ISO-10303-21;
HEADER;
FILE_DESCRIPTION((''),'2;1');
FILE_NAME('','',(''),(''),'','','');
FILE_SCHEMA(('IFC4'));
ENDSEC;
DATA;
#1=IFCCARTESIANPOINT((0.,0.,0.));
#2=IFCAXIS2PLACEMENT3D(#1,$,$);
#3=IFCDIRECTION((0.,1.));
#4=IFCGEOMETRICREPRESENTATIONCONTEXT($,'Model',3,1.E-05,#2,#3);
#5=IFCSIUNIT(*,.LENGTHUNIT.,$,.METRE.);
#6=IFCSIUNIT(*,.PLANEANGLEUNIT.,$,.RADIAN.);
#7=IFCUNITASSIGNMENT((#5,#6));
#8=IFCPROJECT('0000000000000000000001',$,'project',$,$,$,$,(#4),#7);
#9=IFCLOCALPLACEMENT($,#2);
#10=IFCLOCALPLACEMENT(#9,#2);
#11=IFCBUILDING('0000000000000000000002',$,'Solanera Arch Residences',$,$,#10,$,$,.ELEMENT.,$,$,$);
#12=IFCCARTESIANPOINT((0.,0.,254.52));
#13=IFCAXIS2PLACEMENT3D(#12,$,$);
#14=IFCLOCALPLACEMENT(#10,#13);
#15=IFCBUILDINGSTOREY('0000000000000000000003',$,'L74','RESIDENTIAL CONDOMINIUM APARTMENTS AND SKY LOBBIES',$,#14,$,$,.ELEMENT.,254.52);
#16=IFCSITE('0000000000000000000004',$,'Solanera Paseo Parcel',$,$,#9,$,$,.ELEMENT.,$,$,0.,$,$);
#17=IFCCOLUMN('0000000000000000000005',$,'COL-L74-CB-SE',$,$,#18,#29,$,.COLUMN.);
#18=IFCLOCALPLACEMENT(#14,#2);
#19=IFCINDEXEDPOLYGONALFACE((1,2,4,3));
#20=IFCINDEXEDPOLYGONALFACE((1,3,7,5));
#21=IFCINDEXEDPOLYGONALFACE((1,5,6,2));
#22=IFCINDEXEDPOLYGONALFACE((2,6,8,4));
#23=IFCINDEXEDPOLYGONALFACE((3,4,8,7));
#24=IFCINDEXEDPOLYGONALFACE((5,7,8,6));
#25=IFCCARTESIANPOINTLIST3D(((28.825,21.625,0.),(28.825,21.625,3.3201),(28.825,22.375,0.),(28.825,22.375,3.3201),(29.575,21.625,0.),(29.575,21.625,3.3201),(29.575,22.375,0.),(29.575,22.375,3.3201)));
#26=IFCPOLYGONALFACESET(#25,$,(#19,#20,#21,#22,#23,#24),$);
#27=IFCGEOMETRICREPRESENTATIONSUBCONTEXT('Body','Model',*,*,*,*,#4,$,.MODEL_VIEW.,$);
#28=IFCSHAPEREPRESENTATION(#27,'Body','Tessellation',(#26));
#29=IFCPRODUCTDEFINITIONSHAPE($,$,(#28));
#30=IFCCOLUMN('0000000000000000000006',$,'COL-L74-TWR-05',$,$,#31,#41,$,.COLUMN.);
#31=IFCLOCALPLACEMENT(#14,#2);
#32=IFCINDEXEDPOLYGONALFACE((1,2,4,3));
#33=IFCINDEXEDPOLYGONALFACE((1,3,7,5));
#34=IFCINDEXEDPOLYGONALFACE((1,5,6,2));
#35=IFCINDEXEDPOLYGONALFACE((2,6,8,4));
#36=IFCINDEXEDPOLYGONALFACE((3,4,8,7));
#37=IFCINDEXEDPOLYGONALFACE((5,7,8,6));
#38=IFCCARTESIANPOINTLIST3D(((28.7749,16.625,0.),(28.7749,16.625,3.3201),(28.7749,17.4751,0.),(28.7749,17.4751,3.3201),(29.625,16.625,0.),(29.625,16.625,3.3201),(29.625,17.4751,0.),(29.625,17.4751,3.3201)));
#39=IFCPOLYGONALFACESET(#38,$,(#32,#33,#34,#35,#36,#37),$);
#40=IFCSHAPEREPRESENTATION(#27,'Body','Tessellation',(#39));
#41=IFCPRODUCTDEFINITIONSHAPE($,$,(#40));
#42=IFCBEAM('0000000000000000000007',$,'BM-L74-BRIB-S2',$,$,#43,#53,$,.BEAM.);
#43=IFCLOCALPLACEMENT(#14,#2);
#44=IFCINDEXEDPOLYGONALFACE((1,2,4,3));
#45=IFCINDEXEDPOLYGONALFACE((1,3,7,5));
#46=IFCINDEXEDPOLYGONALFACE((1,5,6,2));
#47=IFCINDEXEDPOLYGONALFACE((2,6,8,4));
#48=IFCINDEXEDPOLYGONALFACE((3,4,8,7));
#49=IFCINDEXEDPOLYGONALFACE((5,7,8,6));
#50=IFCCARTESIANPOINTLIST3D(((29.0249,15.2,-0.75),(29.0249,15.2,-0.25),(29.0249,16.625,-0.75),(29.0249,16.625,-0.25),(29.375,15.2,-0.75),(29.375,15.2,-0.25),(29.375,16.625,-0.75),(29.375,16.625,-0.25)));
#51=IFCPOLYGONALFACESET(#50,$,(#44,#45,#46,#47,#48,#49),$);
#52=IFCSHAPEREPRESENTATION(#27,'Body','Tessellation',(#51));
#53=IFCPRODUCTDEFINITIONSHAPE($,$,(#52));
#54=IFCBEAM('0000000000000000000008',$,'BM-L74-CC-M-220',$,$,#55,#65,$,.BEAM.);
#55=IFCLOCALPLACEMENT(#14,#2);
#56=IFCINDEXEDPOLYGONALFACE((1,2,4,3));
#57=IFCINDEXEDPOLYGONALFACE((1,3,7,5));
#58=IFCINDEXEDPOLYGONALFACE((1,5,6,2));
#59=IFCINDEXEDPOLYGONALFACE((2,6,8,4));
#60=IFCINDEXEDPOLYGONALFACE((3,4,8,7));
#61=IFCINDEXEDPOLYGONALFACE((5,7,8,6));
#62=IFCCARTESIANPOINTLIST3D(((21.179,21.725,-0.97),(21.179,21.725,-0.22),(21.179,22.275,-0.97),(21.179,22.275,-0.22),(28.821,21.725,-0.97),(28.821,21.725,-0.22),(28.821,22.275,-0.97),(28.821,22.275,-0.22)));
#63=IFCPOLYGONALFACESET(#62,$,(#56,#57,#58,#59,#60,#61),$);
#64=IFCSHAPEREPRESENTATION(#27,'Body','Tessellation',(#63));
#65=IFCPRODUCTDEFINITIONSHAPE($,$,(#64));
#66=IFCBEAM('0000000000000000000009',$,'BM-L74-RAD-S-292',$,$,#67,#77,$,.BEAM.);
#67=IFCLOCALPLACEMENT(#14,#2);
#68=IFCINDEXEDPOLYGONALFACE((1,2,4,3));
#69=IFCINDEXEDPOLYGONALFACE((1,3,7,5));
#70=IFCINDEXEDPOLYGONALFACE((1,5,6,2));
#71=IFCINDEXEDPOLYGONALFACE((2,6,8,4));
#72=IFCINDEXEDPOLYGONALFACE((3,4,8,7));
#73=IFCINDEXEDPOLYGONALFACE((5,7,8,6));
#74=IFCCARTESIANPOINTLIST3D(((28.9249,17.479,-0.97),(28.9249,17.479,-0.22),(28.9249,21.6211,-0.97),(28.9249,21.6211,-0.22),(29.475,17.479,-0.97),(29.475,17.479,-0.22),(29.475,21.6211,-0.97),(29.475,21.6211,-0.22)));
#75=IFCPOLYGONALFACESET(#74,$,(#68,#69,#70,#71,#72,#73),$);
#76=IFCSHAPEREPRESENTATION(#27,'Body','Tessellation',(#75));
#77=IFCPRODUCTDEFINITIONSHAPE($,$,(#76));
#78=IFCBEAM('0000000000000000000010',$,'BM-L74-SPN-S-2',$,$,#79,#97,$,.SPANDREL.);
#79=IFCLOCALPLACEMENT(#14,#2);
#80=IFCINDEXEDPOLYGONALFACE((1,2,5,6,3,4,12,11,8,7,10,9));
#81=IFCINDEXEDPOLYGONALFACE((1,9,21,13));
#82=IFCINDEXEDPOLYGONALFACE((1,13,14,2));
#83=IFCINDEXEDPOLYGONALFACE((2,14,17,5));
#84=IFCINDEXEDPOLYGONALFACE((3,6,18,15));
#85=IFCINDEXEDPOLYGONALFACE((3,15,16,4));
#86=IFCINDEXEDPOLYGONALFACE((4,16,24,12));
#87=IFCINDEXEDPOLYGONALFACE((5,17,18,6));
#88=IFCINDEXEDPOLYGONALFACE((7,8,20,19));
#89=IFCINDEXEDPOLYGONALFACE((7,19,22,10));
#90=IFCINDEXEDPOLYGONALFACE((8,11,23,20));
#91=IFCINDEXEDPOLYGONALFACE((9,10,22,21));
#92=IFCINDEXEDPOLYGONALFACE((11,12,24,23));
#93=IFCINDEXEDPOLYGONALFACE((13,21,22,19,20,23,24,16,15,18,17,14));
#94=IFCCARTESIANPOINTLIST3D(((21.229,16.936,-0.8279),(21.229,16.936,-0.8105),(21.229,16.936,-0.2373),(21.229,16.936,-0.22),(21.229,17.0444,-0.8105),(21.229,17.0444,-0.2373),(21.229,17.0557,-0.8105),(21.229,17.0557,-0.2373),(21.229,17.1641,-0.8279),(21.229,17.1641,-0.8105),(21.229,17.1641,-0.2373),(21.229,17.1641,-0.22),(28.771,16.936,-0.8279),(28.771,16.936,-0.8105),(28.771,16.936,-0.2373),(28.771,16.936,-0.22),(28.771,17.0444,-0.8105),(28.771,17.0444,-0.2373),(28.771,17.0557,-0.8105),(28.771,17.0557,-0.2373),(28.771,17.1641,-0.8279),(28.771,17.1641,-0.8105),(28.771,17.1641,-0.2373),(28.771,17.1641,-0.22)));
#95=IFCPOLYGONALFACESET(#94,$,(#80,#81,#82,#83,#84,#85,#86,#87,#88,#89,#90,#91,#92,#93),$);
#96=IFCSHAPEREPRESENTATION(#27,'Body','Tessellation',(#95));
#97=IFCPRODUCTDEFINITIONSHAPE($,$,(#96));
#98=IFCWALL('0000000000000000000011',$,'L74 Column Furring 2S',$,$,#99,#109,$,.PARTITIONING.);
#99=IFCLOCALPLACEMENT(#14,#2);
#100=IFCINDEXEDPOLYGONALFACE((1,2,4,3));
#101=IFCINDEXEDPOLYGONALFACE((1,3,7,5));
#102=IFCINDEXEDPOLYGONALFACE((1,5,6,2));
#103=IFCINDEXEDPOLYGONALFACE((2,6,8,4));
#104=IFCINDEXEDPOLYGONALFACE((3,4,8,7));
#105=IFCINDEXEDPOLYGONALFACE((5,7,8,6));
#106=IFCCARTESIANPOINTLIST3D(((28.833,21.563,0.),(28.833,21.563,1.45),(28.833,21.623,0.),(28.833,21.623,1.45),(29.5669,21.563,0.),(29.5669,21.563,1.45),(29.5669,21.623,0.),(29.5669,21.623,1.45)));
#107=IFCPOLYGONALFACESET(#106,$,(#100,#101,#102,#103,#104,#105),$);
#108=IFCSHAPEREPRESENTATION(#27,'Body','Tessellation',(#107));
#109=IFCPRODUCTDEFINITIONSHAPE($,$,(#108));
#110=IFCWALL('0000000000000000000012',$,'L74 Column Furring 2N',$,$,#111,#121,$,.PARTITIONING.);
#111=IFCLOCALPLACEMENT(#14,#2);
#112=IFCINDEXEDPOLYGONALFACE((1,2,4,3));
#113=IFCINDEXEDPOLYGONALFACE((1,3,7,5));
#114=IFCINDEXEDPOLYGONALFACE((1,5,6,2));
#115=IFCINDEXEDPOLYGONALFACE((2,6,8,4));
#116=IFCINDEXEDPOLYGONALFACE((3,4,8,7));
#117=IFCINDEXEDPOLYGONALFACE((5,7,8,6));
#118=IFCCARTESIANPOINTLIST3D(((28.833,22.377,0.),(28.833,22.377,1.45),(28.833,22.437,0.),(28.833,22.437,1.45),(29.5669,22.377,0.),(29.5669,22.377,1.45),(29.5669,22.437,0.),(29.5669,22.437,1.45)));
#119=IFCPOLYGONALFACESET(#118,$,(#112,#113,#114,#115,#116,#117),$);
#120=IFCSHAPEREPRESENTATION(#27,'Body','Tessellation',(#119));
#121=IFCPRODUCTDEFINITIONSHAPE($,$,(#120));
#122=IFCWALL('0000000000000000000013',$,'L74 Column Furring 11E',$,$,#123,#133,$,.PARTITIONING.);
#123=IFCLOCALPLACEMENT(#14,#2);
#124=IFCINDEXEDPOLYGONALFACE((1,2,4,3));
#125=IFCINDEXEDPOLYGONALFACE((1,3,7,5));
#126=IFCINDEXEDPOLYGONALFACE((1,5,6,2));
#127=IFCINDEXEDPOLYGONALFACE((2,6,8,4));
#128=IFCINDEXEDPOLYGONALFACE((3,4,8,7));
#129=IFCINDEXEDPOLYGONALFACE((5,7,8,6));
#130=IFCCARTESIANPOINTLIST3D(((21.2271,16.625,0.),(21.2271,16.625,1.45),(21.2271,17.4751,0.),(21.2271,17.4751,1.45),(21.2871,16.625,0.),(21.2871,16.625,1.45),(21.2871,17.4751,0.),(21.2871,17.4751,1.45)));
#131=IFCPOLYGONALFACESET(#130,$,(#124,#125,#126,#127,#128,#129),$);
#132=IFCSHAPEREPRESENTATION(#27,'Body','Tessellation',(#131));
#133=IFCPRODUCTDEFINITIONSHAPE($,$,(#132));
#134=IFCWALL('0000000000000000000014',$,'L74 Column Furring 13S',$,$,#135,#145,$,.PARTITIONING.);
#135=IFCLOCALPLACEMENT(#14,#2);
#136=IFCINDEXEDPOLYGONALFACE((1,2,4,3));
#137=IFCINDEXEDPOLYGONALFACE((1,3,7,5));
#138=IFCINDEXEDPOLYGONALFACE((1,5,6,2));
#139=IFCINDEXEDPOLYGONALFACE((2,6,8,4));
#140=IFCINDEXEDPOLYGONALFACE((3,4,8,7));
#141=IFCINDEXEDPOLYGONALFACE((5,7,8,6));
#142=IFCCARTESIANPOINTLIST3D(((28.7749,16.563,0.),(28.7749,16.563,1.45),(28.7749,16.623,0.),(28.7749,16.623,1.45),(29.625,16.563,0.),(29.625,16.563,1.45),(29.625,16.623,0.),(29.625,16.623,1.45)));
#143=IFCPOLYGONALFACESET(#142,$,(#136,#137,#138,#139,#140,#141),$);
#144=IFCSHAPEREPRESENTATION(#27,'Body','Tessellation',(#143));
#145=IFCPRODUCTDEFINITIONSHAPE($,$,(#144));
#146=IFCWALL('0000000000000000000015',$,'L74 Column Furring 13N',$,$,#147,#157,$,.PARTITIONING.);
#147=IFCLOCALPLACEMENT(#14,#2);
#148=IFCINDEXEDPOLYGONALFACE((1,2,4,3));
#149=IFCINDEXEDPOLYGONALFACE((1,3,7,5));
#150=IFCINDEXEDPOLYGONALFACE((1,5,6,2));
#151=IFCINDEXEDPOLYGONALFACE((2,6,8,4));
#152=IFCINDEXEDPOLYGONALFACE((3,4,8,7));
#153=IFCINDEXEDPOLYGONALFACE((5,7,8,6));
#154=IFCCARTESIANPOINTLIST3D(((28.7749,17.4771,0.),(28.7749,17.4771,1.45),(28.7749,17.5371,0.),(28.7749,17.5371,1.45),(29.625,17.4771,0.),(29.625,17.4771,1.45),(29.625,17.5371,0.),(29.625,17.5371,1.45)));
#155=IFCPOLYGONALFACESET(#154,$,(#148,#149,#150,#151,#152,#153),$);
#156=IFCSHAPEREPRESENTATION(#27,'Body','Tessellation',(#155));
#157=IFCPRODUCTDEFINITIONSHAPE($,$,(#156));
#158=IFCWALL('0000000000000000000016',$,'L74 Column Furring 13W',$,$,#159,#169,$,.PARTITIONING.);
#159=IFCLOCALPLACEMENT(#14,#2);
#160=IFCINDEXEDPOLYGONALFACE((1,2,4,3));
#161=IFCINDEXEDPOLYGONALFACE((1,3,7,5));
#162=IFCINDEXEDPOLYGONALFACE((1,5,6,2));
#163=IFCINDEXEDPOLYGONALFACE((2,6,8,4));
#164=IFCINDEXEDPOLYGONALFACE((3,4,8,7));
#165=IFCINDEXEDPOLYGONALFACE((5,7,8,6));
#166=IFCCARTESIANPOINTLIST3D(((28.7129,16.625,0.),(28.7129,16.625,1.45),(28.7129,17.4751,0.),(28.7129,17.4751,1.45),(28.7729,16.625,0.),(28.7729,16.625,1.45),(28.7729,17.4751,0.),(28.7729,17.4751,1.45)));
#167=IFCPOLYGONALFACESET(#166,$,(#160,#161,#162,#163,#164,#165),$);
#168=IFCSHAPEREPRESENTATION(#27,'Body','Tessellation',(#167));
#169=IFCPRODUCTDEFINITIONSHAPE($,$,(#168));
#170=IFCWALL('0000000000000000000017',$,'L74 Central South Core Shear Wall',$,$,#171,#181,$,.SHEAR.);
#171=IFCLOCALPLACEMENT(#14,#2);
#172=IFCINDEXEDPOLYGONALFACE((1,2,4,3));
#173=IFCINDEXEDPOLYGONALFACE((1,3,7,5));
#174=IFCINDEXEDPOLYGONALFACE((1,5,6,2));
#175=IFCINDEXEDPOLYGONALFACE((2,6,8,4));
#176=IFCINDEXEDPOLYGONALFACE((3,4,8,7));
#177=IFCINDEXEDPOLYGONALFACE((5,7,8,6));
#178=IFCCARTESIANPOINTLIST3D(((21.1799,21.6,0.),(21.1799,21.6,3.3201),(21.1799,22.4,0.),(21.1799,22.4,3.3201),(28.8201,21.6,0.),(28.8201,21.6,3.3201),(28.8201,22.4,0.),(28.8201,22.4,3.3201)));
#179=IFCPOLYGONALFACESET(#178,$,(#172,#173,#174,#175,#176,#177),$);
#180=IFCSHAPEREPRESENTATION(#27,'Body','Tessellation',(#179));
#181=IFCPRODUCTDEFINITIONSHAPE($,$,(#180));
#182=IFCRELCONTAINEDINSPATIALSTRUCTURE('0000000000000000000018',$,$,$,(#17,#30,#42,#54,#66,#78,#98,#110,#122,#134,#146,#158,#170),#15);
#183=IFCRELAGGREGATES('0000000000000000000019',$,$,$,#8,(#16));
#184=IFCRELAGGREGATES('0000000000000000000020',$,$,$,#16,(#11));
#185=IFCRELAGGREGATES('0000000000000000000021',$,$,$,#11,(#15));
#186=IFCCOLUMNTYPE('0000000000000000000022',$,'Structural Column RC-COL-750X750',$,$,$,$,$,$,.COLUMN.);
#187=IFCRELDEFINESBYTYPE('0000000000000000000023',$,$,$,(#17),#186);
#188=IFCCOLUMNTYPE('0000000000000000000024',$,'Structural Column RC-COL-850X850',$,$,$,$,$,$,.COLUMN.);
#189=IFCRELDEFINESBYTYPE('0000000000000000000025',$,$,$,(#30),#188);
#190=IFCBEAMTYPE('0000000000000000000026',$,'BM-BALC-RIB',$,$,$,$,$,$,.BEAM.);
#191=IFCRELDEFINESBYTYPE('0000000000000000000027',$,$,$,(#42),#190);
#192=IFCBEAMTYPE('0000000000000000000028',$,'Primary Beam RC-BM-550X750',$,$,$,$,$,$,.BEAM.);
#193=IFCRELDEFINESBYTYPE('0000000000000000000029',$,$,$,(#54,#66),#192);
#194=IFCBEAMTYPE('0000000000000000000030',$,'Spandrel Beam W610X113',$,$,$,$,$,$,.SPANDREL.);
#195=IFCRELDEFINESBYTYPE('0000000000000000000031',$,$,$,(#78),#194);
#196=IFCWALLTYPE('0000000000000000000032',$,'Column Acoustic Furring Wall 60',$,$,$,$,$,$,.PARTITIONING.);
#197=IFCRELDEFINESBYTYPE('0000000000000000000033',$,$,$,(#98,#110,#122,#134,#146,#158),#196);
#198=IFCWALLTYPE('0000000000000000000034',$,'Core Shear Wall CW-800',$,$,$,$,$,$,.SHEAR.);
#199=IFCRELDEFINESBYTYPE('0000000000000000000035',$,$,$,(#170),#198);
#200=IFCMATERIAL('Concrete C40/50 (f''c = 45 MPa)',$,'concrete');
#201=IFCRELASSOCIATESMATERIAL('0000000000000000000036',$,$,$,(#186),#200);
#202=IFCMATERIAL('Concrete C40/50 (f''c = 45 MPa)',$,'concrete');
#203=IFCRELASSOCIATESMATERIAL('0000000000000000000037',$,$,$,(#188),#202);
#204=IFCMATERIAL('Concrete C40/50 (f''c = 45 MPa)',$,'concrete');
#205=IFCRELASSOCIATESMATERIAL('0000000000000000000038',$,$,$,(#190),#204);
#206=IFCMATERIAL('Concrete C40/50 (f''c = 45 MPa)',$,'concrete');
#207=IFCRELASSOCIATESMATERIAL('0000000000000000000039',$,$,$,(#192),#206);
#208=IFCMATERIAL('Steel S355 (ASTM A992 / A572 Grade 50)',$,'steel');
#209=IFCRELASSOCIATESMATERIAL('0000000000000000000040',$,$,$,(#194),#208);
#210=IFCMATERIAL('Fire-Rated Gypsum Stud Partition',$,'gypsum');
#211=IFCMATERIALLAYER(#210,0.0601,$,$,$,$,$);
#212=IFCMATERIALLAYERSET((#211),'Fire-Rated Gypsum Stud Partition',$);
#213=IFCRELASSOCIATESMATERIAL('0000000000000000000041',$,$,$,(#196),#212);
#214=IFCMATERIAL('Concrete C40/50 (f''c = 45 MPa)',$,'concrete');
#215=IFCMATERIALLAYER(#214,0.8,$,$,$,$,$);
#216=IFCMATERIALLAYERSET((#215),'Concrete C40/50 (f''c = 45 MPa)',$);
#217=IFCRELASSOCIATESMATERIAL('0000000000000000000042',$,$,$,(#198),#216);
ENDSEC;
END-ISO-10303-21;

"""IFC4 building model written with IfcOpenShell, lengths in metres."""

from ifc_helpers import new_model, si_unit, direction, frame, frame_2d, origin, origin_2d, place, context, subcontext, project, spatial, rectangle, i_section, extrude, material, layer, layer_set, material_profile, profile_set, type_object, element, save


model = new_model("IFC4")

# Units and contexts
model_context = context("Model", 3, precision=1e-05, world=origin(), true_north=direction((0.0, 1.0)))
body_context = subcontext(model_context, "Body", "Model", "MODEL_VIEW")
ifc_project = project(units=[si_unit("LENGTHUNIT", "METRE"), si_unit("PLANEANGLEUNIT", "RADIAN")], contexts=[model_context])

# Site, building, storey
site_placement = place(None, origin())
site = spatial("IfcSite", under=ifc_project, at=site_placement, Name="Solanera Paseo Parcel", CompositionType="ELEMENT", RefElevation=0.0)
building_placement = place(site_placement, origin())
building = spatial("IfcBuilding", under=site, at=building_placement, Name="Solanera Arch Residences", CompositionType="ELEMENT")
storey_placement = place(building_placement, frame((0.0, 0.0, 254.52)))
storey = spatial("IfcBuildingStorey", under=building, at=storey_placement, Name="L74", Description="RESIDENTIAL CONDOMINIUM APARTMENTS AND SKY LOBBIES", CompositionType="ELEMENT", Elevation=254.52)

# Columns
ifc_material_1 = material(Name="Concrete C40/50 (f'c = 45 MPa)", Category="concrete")
ifc_material_profile_1 = material_profile(ifc_material_1, rectangle(XDim=0.75, YDim=0.75, at=origin_2d()))
ifc_profile_set_1 = profile_set([ifc_material_profile_1], Name="Concrete C40/50 (f'c = 45 MPa)")
column_type_1 = type_object("IfcColumnType", Name="Structural Column RC-COL-750X750", PredefinedType="COLUMN", material=ifc_profile_set_1)
column_1_placement = place(storey_placement, frame((29.2, 22.0, 0.0), z_axis=(0.0, 0.0, 1.0), x_axis=(1.0, 0.0, 0.0)))
element("IfcColumn", 1, at=column_1_placement, inside=storey, type_object=column_type_1, Name="COL-L74-CB-SE", PredefinedType="COLUMN", context=body_context, shape_type="SweptSolid", body=[
    extrude(rectangle(XDim=0.75, YDim=0.75, at=origin_2d()), origin(), (0.0, 0.0, 1.0), 3.3201),
])
ifc_material_2 = material(Name="Concrete C40/50 (f'c = 45 MPa)", Category="concrete")
ifc_material_profile_2 = material_profile(ifc_material_2, rectangle(XDim=0.8501, YDim=0.8501, at=origin_2d()))
ifc_profile_set_2 = profile_set([ifc_material_profile_2], Name="Concrete C40/50 (f'c = 45 MPa)")
column_type_2 = type_object("IfcColumnType", Name="Structural Column RC-COL-850X850", PredefinedType="COLUMN", material=ifc_profile_set_2)
column_2_placement = place(storey_placement, frame((29.2, 17.05, 0.0), z_axis=(0.0, 0.0, 1.0), x_axis=(1.0, 0.0, 0.0)))
element("IfcColumn", 2, at=column_2_placement, inside=storey, type_object=column_type_2, Name="COL-L74-TWR-05", PredefinedType="COLUMN", context=body_context, shape_type="SweptSolid", body=[
    extrude(rectangle(XDim=0.8501, YDim=0.8501, at=origin_2d()), origin(), (0.0, 0.0, 1.0), 3.3201),
])

# Beams
ifc_material_3 = material(Name="Concrete C40/50 (f'c = 45 MPa)", Category="concrete")
ifc_material_profile_3 = material_profile(ifc_material_3, rectangle(XDim=0.3501, YDim=0.5, at=origin_2d()))
ifc_profile_set_3 = profile_set([ifc_material_profile_3], Name="Concrete C40/50 (f'c = 45 MPa)")
beam_type_1 = type_object("IfcBeamType", Name="BM-BALC-RIB", PredefinedType="BEAM", material=ifc_profile_set_3)
beam_1_placement = place(storey_placement, frame((29.2, 15.2, -0.5), z_axis=(0.0, 1.0, 0.0), x_axis=(-1.0, 0.0, 0.0)))
element("IfcBeam", 3, at=beam_1_placement, inside=storey, type_object=beam_type_1, Name="BM-L74-BRIB-S2", PredefinedType="BEAM", context=body_context, shape_type="SweptSolid", body=[
    extrude(rectangle(XDim=0.3501, YDim=0.5, at=origin_2d()), origin(), (0.0, 0.0, 1.0), 1.425),
])
ifc_material_4 = material(Name="Concrete C40/50 (f'c = 45 MPa)", Category="concrete")
ifc_material_profile_4 = material_profile(ifc_material_4, rectangle(XDim=0.55, YDim=0.75, at=origin_2d()))
ifc_profile_set_4 = profile_set([ifc_material_profile_4], Name="Concrete C40/50 (f'c = 45 MPa)")
beam_type_2 = type_object("IfcBeamType", Name="Primary Beam RC-BM-550X750", PredefinedType="BEAM", material=ifc_profile_set_4)
beam_2_placement = place(storey_placement, frame((21.179, 22.0, -0.595), z_axis=(1.0, 0.0, 0.0), x_axis=(0.0, 1.0, 0.0)))
element("IfcBeam", 4, at=beam_2_placement, inside=storey, type_object=beam_type_2, Name="BM-L74-CC-M-220", PredefinedType="BEAM", context=body_context, shape_type="SweptSolid", body=[
    extrude(rectangle(XDim=0.55, YDim=0.75, at=origin_2d()), origin(), (0.0, 0.0, 1.0), 7.6421),
])
beam_3_placement = place(storey_placement, frame((29.2, 17.479, -0.595), z_axis=(0.0, 1.0, 0.0), x_axis=(-1.0, 0.0, 0.0)))
element("IfcBeam", 5, at=beam_3_placement, inside=storey, type_object=beam_type_2, Name="BM-L74-RAD-S-292", PredefinedType="BEAM", context=body_context, shape_type="SweptSolid", body=[
    extrude(rectangle(XDim=0.55, YDim=0.75, at=origin_2d()), origin(), (0.0, 0.0, 1.0), 4.1421),
])
ifc_material_5 = material(Name="Steel S355 (ASTM A992 / A572 Grade 50)", Category="steel")
ifc_material_profile_5 = material_profile(ifc_material_5, i_section(OverallWidth=0.228, OverallDepth=0.6079, WebThickness=0.0112, FlangeThickness=0.0173, at=origin_2d()))
ifc_profile_set_5 = profile_set([ifc_material_profile_5], Name="Steel S355 (ASTM A992 / A572 Grade 50)")
beam_type_3 = type_object("IfcBeamType", Name="Spandrel Beam W610X113", PredefinedType="SPANDREL", material=ifc_profile_set_5)
beam_4_placement = place(storey_placement, frame((21.229, 17.05, -0.5239), z_axis=(1.0, 0.0, 0.0), x_axis=(0.0, 1.0, 0.0)))
element("IfcBeam", 6, at=beam_4_placement, inside=storey, type_object=beam_type_3, Name="BM-L74-SPN-S-2", PredefinedType="SPANDREL", context=body_context, shape_type="SweptSolid", body=[
    extrude(i_section(OverallWidth=0.228, OverallDepth=0.6079, WebThickness=0.0112, FlangeThickness=0.0173, at=origin_2d()), origin(), (0.0, 0.0, 1.0), 7.542),
])

# Walls
ifc_material_6 = material(Name="Fire-Rated Gypsum Stud Partition", Category="gypsum")
ifc_layer_1 = layer(ifc_material_6, 0.0601)
ifc_layer_set_1 = layer_set([ifc_layer_1], Name="Fire-Rated Gypsum Stud Partition")
wall_type_1 = type_object("IfcWallType", Name="Column Acoustic Furring Wall 60", PredefinedType="PARTITIONING", material=ifc_layer_set_1)
for number, where, z_axis, x_axis, name in (
    (7, (28.833, 21.593, 0.0), (0.0, 0.0, 1.0), (1.0, 0.0, 0.0), "L74 Column Furring 2S"),
    (8, (28.833, 22.407, 0.0), (0.0, 0.0, 1.0), (1.0, 0.0, 0.0), "L74 Column Furring 2N"),
):
    element("IfcWall", number, at=place(storey_placement, frame(where, z_axis=z_axis, x_axis=x_axis)), inside=storey, type_object=wall_type_1, Name=name, PredefinedType="PARTITIONING", context=body_context, shape_type="SweptSolid", body=[
        extrude(rectangle(XDim=0.7339, YDim=0.0601, at=frame_2d((0.3669, 0.0))), origin(), (0.0, 0.0, 1.0), 1.45),
    ])
for number, where, z_axis, x_axis, name in (
    (9, (21.2571, 16.625, 0.0), (0.0, 0.0, 1.0), (0.0, 1.0, 0.0), "L74 Column Furring 11E"),
    (10, (28.7749, 16.593, 0.0), (0.0, 0.0, 1.0), (1.0, 0.0, 0.0), "L74 Column Furring 13S"),
    (11, (28.7749, 17.5071, 0.0), (0.0, 0.0, 1.0), (1.0, 0.0, 0.0), "L74 Column Furring 13N"),
    (12, (28.7429, 16.625, 0.0), (0.0, 0.0, 1.0), (0.0, 1.0, 0.0), "L74 Column Furring 13W"),
):
    element("IfcWall", number, at=place(storey_placement, frame(where, z_axis=z_axis, x_axis=x_axis)), inside=storey, type_object=wall_type_1, Name=name, PredefinedType="PARTITIONING", context=body_context, shape_type="SweptSolid", body=[
        extrude(rectangle(XDim=0.8501, YDim=0.0601, at=frame_2d((0.425, 0.0))), origin(), (0.0, 0.0, 1.0), 1.45),
    ])
ifc_material_7 = material(Name="Concrete C40/50 (f'c = 45 MPa)", Category="concrete")
ifc_layer_2 = layer(ifc_material_7, 0.8)
ifc_layer_set_2 = layer_set([ifc_layer_2], Name="Concrete C40/50 (f'c = 45 MPa)")
wall_type_2 = type_object("IfcWallType", Name="Core Shear Wall CW-800", PredefinedType="SHEAR", material=ifc_layer_set_2)
wall_1_placement = place(storey_placement, frame((21.1799, 22.0, 0.0), z_axis=(0.0, 0.0, 1.0), x_axis=(1.0, 0.0, 0.0)))
element("IfcWall", 13, at=wall_1_placement, inside=storey, type_object=wall_type_2, Name="L74 Central South Core Shear Wall", PredefinedType="SHEAR", context=body_context, shape_type="SweptSolid", body=[
    extrude(rectangle(XDim=7.6401, YDim=0.8, at=frame_2d((3.8201, 0.0))), origin(), (0.0, 0.0, 1.0), 3.3201),
])

save(model, "model.ifc")
